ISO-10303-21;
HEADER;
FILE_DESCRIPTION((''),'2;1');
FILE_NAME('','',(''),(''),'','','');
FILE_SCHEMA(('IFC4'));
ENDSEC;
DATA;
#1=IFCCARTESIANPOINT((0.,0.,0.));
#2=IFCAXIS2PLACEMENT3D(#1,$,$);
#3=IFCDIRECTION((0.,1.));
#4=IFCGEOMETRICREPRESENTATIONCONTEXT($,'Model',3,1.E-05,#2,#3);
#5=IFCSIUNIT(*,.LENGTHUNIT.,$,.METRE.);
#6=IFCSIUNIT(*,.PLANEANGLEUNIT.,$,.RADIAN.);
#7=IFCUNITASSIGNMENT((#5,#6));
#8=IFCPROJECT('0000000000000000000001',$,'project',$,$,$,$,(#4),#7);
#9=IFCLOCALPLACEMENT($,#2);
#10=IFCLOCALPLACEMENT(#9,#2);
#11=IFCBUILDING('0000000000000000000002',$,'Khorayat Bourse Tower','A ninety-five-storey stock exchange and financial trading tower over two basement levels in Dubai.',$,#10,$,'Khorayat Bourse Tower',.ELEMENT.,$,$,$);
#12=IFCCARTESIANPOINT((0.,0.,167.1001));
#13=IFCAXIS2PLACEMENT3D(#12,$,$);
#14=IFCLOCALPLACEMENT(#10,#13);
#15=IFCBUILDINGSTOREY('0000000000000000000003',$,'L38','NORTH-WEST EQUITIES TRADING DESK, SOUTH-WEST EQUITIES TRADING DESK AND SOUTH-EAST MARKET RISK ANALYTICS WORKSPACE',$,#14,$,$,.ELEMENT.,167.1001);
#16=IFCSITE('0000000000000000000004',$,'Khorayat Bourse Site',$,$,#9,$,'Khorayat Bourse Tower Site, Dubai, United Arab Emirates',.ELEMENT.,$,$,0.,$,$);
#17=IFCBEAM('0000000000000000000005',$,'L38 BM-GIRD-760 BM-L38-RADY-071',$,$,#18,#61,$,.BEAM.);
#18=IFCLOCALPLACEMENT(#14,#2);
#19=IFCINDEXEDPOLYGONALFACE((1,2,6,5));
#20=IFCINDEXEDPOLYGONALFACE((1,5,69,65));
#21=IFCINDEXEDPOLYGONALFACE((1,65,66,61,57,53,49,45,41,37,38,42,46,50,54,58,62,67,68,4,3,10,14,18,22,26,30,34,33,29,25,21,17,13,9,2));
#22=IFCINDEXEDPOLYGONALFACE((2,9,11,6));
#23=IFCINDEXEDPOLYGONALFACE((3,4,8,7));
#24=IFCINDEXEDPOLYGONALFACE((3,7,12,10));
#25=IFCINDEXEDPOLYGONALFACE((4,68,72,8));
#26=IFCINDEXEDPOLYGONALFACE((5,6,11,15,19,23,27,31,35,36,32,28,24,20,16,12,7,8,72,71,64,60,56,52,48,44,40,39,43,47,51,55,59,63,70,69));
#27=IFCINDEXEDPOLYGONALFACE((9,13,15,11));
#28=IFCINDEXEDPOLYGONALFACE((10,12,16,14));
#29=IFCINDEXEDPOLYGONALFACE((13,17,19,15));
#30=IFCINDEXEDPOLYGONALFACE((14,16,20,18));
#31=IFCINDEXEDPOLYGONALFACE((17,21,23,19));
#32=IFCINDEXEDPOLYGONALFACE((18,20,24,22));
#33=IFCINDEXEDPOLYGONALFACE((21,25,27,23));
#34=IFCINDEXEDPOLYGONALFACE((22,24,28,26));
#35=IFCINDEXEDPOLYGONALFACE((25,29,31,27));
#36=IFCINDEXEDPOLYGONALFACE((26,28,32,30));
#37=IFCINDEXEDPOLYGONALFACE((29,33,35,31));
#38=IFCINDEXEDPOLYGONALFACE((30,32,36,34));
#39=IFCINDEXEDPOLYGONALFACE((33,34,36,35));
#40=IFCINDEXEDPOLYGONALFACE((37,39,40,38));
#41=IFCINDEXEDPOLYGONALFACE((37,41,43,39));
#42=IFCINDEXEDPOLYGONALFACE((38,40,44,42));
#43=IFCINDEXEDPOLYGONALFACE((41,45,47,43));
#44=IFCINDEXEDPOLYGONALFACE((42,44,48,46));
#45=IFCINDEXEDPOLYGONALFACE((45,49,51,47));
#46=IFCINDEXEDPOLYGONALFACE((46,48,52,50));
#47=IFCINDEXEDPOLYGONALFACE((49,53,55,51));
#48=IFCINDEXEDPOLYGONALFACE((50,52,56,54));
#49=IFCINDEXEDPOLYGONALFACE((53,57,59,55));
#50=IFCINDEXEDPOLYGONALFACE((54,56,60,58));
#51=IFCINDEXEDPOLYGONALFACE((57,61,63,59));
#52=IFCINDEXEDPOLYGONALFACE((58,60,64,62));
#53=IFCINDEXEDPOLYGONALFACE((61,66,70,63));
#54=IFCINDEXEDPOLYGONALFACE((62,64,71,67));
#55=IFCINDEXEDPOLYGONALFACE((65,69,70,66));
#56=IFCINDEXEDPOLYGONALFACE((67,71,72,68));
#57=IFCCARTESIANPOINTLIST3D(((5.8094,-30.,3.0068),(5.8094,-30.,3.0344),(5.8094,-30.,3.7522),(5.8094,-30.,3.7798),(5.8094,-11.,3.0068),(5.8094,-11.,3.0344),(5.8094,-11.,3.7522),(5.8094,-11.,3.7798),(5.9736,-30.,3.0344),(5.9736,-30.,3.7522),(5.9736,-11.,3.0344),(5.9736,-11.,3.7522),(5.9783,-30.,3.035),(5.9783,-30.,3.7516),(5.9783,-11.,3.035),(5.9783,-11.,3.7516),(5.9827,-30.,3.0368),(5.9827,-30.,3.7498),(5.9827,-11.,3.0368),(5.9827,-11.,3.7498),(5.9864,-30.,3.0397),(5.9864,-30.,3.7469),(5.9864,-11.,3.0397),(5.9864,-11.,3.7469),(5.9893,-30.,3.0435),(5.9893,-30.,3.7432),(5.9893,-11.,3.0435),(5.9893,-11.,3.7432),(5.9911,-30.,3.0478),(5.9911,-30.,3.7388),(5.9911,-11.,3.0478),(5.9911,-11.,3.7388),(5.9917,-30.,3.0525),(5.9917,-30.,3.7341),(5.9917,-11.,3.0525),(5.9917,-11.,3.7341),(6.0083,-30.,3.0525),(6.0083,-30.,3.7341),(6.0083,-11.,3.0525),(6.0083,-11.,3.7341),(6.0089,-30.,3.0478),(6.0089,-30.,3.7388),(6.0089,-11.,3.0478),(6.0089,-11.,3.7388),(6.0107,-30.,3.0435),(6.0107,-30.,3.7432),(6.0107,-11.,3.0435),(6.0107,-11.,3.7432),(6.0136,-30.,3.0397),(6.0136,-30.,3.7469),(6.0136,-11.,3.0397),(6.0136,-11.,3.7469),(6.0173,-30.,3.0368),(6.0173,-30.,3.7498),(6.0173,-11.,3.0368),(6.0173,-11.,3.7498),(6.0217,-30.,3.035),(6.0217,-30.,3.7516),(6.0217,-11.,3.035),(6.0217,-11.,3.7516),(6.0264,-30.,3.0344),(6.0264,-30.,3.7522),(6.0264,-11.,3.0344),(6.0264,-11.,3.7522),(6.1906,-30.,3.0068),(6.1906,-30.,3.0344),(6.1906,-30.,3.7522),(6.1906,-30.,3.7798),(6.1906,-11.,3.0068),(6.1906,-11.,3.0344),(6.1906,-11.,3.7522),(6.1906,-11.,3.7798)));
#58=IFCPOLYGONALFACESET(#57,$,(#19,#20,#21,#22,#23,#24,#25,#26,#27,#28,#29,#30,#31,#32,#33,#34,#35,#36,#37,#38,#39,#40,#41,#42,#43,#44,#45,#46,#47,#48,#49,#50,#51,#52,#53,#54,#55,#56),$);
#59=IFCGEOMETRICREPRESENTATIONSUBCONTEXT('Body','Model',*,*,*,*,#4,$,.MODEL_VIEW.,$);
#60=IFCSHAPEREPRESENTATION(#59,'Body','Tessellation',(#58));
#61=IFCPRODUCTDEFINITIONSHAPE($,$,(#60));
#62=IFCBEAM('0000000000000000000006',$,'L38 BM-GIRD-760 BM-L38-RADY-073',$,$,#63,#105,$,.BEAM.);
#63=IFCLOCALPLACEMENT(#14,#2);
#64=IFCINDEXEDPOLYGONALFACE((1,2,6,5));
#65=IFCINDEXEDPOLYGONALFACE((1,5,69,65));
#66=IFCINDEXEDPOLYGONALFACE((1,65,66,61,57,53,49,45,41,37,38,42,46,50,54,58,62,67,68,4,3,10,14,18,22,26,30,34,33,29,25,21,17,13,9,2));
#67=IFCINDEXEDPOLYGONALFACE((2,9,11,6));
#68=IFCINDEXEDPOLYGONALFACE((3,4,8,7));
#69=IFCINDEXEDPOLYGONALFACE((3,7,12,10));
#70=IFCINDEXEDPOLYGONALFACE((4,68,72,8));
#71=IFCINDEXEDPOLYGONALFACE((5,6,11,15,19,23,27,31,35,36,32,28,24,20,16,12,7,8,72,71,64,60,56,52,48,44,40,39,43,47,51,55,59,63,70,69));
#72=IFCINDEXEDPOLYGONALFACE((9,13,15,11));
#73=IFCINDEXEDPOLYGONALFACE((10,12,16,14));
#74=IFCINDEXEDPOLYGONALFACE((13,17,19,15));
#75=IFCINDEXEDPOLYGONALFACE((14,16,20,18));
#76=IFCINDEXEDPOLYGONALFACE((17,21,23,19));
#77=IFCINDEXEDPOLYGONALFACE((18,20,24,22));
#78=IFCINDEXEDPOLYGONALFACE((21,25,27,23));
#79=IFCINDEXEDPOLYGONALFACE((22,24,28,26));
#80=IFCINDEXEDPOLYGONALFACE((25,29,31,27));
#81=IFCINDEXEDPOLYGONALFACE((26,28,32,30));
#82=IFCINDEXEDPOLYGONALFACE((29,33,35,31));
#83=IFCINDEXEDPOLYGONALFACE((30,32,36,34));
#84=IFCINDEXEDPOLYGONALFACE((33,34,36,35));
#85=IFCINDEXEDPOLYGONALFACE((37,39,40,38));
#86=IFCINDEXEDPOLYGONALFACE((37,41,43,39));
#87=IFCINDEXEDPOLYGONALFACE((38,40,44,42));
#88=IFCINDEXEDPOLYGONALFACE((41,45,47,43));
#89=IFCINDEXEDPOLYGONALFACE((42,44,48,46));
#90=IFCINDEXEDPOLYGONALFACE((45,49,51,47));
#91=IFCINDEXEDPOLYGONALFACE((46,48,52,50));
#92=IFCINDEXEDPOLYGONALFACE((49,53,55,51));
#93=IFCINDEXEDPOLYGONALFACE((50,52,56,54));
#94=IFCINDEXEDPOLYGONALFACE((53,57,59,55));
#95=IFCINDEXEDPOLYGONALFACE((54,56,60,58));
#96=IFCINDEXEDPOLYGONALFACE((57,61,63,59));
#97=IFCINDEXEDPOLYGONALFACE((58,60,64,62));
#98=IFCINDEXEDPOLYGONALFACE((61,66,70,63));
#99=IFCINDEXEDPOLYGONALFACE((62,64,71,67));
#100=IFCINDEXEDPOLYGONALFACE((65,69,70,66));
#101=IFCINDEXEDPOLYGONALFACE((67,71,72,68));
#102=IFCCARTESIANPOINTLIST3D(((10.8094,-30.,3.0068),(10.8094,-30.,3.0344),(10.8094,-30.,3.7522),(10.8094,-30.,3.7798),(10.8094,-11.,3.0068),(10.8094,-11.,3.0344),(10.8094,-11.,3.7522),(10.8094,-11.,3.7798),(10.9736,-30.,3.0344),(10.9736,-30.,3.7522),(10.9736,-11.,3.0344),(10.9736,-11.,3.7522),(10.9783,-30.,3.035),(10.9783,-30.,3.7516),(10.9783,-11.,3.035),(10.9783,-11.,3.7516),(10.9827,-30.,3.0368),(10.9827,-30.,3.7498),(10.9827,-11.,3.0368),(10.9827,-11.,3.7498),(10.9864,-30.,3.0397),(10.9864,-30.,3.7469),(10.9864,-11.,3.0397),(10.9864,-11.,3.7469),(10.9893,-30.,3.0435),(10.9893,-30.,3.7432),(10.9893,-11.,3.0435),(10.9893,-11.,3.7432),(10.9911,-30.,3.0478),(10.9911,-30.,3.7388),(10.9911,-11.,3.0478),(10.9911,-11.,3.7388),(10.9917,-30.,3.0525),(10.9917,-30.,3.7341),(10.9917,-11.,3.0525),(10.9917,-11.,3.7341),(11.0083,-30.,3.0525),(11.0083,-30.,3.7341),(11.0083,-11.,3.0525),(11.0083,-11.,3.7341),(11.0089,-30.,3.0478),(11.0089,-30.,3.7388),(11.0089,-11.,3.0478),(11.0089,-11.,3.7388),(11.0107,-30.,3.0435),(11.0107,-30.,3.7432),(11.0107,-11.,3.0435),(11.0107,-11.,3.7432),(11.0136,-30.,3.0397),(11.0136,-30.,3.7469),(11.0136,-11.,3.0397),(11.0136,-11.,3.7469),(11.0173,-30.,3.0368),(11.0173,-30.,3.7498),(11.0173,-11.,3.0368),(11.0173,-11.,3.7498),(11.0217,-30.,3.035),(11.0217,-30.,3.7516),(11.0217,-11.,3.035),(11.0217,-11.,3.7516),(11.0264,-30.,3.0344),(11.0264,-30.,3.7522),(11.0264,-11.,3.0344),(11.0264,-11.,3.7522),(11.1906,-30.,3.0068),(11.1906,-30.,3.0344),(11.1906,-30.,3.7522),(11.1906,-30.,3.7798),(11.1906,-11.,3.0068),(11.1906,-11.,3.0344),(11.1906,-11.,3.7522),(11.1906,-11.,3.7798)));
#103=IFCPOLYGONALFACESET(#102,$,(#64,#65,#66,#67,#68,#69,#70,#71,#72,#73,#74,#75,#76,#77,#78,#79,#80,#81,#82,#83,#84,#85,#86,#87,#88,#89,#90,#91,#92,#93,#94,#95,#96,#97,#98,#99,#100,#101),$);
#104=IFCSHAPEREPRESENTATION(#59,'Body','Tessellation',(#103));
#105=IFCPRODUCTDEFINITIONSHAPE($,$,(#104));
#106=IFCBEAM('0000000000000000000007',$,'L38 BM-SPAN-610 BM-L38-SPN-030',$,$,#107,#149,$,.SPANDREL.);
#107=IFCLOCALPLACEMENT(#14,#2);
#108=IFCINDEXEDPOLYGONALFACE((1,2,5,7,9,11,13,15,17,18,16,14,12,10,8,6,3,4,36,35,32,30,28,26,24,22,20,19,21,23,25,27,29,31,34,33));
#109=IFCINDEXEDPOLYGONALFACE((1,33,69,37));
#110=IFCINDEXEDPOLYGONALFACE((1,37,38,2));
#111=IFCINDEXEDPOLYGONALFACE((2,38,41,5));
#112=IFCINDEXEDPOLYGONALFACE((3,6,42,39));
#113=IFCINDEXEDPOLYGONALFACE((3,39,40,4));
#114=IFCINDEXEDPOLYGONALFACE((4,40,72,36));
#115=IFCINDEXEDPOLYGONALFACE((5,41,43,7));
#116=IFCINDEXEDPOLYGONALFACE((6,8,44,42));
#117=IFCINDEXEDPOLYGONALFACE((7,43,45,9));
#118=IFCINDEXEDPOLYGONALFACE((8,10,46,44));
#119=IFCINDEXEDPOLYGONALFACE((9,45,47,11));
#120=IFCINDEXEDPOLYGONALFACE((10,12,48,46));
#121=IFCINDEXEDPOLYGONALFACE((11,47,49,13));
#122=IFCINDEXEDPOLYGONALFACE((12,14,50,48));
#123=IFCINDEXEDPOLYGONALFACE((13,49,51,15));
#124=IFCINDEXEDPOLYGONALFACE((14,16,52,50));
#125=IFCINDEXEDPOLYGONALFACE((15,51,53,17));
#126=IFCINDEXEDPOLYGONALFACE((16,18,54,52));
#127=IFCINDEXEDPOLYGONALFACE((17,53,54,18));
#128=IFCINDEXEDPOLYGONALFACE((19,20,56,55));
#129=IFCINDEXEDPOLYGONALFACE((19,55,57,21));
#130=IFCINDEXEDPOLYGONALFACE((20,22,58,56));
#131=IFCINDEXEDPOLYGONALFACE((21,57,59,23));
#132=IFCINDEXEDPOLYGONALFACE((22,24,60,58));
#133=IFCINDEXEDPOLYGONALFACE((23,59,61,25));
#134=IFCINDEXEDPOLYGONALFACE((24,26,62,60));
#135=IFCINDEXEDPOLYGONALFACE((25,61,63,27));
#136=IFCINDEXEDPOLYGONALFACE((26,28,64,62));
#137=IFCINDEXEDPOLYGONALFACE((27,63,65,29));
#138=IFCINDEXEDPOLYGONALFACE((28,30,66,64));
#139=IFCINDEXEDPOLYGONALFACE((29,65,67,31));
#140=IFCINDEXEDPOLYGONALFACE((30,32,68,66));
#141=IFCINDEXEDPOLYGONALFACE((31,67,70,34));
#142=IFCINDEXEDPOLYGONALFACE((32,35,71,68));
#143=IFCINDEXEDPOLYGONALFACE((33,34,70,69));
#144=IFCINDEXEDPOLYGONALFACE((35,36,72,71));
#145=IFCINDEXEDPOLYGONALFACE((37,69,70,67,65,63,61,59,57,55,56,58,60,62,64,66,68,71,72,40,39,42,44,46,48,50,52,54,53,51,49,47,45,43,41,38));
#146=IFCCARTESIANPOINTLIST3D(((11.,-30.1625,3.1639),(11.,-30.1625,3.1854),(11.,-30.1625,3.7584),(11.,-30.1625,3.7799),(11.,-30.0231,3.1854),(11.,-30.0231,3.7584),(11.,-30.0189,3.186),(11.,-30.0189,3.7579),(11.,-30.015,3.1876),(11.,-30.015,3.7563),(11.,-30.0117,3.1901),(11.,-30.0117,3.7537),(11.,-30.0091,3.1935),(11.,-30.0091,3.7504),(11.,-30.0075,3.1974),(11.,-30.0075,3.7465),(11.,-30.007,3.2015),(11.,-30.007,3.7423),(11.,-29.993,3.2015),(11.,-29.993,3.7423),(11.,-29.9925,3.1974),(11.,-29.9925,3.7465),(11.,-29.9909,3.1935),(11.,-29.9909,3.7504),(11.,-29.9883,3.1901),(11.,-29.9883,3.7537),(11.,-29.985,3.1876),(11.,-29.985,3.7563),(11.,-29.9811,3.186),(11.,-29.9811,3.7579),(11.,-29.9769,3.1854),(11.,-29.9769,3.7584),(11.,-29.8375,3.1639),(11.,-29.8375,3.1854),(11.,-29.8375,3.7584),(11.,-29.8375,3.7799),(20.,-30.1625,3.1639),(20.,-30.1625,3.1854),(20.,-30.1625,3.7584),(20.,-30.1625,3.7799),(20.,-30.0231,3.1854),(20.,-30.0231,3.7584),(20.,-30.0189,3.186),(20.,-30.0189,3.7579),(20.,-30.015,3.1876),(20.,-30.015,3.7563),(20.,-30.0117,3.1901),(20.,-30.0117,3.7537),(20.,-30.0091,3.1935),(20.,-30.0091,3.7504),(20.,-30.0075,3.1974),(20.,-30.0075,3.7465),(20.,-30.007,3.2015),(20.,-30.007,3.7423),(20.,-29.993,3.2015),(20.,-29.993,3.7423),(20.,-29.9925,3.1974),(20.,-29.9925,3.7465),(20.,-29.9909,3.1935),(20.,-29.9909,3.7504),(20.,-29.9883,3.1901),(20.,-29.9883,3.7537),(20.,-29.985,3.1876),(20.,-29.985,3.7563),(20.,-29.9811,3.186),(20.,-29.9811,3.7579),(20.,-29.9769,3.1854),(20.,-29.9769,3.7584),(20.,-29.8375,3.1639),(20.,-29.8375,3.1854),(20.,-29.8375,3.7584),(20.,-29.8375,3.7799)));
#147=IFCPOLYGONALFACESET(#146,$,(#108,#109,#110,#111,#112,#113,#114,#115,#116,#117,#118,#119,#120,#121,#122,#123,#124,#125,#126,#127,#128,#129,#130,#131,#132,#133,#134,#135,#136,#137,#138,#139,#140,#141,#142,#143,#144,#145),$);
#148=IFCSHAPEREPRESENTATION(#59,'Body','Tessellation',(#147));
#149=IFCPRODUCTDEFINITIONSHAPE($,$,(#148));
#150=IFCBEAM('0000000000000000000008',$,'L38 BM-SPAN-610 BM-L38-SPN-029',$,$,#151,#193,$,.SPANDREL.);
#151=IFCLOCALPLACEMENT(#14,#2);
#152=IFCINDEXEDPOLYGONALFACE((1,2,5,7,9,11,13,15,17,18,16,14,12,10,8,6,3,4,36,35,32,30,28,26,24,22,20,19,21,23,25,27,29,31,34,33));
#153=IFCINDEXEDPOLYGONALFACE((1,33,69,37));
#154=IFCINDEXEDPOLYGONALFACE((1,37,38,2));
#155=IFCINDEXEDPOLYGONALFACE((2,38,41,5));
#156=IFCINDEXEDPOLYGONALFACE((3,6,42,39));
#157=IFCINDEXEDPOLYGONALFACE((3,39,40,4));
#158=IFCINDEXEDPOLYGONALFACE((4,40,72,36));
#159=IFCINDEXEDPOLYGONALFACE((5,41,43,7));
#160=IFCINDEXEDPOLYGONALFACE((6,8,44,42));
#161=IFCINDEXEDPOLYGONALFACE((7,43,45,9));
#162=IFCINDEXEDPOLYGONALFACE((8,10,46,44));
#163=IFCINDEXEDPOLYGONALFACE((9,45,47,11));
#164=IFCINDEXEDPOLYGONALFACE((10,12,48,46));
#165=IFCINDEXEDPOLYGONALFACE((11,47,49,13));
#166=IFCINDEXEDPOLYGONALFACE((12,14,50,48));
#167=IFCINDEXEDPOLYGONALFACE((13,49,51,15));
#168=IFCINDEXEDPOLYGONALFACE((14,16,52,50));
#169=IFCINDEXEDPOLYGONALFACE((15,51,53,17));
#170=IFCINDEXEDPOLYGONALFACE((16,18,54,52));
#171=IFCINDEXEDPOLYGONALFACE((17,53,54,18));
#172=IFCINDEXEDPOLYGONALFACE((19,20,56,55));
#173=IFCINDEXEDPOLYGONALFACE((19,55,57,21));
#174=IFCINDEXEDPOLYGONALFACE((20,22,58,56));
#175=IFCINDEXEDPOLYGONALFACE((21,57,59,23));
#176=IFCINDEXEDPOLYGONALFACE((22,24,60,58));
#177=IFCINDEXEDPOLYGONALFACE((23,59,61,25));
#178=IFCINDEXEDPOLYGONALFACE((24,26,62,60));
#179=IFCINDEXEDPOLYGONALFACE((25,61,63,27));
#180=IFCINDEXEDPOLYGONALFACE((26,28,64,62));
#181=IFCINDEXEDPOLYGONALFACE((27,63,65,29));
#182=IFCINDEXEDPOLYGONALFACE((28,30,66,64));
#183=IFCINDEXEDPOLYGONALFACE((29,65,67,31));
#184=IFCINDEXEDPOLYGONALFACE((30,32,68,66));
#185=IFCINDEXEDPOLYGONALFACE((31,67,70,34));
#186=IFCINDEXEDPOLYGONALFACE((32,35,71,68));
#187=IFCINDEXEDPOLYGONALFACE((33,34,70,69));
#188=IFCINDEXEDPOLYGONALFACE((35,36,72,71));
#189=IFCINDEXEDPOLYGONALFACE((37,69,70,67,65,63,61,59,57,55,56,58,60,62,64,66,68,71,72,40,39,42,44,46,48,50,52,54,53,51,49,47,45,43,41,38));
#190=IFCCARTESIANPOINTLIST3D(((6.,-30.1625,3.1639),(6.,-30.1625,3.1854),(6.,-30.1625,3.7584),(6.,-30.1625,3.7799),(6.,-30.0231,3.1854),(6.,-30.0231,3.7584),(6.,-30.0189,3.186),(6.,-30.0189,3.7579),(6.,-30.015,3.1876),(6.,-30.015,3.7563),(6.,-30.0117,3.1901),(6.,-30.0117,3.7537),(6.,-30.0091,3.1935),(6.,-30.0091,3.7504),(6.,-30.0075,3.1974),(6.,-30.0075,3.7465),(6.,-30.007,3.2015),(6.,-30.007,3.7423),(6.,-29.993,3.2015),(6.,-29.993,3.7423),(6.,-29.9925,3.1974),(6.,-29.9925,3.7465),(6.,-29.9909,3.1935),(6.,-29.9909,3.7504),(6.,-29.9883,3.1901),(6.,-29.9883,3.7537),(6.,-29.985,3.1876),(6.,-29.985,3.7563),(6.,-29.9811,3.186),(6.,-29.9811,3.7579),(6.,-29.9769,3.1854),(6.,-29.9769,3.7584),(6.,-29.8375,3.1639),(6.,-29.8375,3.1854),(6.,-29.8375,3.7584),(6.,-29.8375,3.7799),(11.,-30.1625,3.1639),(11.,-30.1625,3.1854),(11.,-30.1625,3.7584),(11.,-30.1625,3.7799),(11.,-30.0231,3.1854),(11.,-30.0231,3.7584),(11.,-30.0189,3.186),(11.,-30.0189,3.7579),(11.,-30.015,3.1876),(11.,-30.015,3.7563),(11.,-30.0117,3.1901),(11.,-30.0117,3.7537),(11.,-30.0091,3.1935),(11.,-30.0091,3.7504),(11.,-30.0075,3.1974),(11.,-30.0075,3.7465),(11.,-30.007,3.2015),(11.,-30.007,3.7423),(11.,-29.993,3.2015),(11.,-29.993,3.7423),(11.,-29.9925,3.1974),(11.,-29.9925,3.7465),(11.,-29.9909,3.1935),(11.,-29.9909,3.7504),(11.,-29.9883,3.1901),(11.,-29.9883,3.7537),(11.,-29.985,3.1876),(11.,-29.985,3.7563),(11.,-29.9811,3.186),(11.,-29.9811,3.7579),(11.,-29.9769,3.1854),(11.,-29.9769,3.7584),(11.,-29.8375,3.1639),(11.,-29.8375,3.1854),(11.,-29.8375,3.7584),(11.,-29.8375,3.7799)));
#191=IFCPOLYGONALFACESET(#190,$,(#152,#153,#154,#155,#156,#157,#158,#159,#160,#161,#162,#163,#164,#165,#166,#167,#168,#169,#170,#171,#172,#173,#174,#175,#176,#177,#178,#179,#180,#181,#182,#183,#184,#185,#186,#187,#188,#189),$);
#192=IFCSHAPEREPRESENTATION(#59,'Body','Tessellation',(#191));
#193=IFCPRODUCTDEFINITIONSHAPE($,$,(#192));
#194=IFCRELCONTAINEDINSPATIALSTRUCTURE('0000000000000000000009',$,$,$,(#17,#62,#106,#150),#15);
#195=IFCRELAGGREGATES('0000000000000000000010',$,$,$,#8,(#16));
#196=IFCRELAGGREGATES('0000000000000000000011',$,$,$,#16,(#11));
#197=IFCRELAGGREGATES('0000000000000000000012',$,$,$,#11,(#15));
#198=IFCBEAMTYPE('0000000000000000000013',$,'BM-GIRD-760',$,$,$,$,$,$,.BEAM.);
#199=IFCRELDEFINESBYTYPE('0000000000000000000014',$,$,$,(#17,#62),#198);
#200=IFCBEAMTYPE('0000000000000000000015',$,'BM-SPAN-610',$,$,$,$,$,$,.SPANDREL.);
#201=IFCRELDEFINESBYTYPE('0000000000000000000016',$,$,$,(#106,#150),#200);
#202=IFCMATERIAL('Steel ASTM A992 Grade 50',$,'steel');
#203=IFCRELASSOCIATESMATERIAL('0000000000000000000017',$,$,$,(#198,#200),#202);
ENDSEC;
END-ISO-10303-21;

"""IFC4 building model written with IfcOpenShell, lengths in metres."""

from ifc_helpers import new_model, si_unit, direction, frame, origin, origin_2d, place, context, subcontext, project, spatial, i_section, extrude, source, transform, mapped, material, material_profile, profile_set, type_object, element, save


model = new_model("IFC4")

# Units and contexts
model_context = context("Model", 3, precision=1e-05, world=origin(), true_north=direction((0.0, 1.0)))
body_context = subcontext(model_context, "Body", "Model", "MODEL_VIEW")
ifc_project = project(units=[si_unit("LENGTHUNIT", "METRE"), si_unit("PLANEANGLEUNIT", "RADIAN")], contexts=[model_context])

# Site, building, storey
site_placement = place(None, origin())
site = spatial("IfcSite", under=ifc_project, at=site_placement, Name="Khorayat Bourse Site", LongName="Khorayat Bourse Tower Site, Dubai, United Arab Emirates", CompositionType="ELEMENT", RefElevation=0.0)
building_placement = place(site_placement, origin())
building = spatial("IfcBuilding", under=site, at=building_placement, Name="Khorayat Bourse Tower", Description="A ninety-five-storey stock exchange and financial trading tower over two basement levels in Dubai.", LongName="Khorayat Bourse Tower", CompositionType="ELEMENT")
storey_placement = place(building_placement, frame((0.0, 0.0, 167.1001)))
storey = spatial("IfcBuildingStorey", under=building, at=storey_placement, Name="L38", Description="NORTH-WEST EQUITIES TRADING DESK, SOUTH-WEST EQUITIES TRADING DESK AND SOUTH-EAST MARKET RISK ANALYTICS WORKSPACE", CompositionType="ELEMENT", Elevation=167.1001)

# Beams
ifc_material_1 = material(Name="Steel ASTM A992 Grade 50", Category="steel")
ifc_material_profile_1 = material_profile(ifc_material_1, i_section(OverallWidth=0.3811, OverallDepth=0.7729, WebThickness=0.0166, FlangeThickness=0.0276, FilletRadius=0.0181, at=origin_2d()), Name="W760X257")
ifc_profile_set_1 = profile_set([ifc_material_profile_1], Name="Steel ASTM A992 Grade 50")
beam_type_1 = type_object("IfcBeamType", Name="BM-GIRD-760", PredefinedType="BEAM", material=ifc_profile_set_1)
shared_shape_1 = source(origin(), body_context, "Body", "SweptSolid", [
    extrude(i_section(OverallWidth=0.3811, OverallDepth=0.7729, WebThickness=0.0166, FlangeThickness=0.0276, FilletRadius=0.0181, at=origin_2d()), origin(), (0.0, 0.0, 1.0), 19.0),
])
for number, where, z_axis, x_axis, name in (
    (1, (6.0, -30.0, 3.3933), (0.0, 1.0, 0.0), (-1.0, 0.0, 0.0), "L38 BM-GIRD-760 BM-L38-RADY-071"),
    (2, (11.0, -30.0, 3.3933), (0.0, 1.0, 0.0), (-1.0, 0.0, 0.0), "L38 BM-GIRD-760 BM-L38-RADY-073"),
):
    element("IfcBeam", number, at=place(storey_placement, frame(where, z_axis=z_axis, x_axis=x_axis)), inside=storey, type_object=beam_type_1, Name=name, PredefinedType="BEAM", context=body_context, shape_type="MappedRepresentation", body=[
        mapped(shared_shape_1, transform((0.0, 0.0, 0.0), scale=1.0)),
    ])
ifc_material_profile_2 = material_profile(ifc_material_1, i_section(OverallWidth=0.325, OverallDepth=0.616, WebThickness=0.0139, FlangeThickness=0.0215, FilletRadius=0.0161, at=origin_2d()), Name="W610X174")
ifc_profile_set_2 = profile_set([ifc_material_profile_2], Name="Steel ASTM A992 Grade 50")
beam_type_2 = type_object("IfcBeamType", Name="BM-SPAN-610", PredefinedType="SPANDREL", material=ifc_profile_set_2)
shared_shape_2 = source(origin(), body_context, "Body", "SweptSolid", [
    extrude(i_section(OverallWidth=0.325, OverallDepth=0.616, WebThickness=0.0139, FlangeThickness=0.0215, FilletRadius=0.0161, at=origin_2d()), origin(), (0.0, 0.0, 1.0), 9.0),
])
beam_1_placement = place(storey_placement, frame((11.0, -30.0, 3.4719), z_axis=(1.0, 0.0, 0.0), x_axis=(0.0, 1.0, 0.0)))
element("IfcBeam", 3, at=beam_1_placement, inside=storey, type_object=beam_type_2, Name="L38 BM-SPAN-610 BM-L38-SPN-030", PredefinedType="SPANDREL", context=body_context, shape_type="MappedRepresentation", body=[
    mapped(shared_shape_2, transform((0.0, 0.0, 0.0), scale=1.0)),
])
shared_shape_3 = source(origin(), body_context, "Body", "SweptSolid", [
    extrude(i_section(OverallWidth=0.325, OverallDepth=0.616, WebThickness=0.0139, FlangeThickness=0.0215, FilletRadius=0.0161, at=origin_2d()), origin(), (0.0, 0.0, 1.0), 5.0),
])
beam_2_placement = place(storey_placement, frame((6.0, -30.0, 3.4719), z_axis=(1.0, 0.0, 0.0), x_axis=(0.0, 1.0, 0.0)))
element("IfcBeam", 4, at=beam_2_placement, inside=storey, type_object=beam_type_2, Name="L38 BM-SPAN-610 BM-L38-SPN-029", PredefinedType="SPANDREL", context=body_context, shape_type="MappedRepresentation", body=[
    mapped(shared_shape_3, transform((0.0, 0.0, 0.0), scale=1.0)),
])

save(model, "model.ifc")
